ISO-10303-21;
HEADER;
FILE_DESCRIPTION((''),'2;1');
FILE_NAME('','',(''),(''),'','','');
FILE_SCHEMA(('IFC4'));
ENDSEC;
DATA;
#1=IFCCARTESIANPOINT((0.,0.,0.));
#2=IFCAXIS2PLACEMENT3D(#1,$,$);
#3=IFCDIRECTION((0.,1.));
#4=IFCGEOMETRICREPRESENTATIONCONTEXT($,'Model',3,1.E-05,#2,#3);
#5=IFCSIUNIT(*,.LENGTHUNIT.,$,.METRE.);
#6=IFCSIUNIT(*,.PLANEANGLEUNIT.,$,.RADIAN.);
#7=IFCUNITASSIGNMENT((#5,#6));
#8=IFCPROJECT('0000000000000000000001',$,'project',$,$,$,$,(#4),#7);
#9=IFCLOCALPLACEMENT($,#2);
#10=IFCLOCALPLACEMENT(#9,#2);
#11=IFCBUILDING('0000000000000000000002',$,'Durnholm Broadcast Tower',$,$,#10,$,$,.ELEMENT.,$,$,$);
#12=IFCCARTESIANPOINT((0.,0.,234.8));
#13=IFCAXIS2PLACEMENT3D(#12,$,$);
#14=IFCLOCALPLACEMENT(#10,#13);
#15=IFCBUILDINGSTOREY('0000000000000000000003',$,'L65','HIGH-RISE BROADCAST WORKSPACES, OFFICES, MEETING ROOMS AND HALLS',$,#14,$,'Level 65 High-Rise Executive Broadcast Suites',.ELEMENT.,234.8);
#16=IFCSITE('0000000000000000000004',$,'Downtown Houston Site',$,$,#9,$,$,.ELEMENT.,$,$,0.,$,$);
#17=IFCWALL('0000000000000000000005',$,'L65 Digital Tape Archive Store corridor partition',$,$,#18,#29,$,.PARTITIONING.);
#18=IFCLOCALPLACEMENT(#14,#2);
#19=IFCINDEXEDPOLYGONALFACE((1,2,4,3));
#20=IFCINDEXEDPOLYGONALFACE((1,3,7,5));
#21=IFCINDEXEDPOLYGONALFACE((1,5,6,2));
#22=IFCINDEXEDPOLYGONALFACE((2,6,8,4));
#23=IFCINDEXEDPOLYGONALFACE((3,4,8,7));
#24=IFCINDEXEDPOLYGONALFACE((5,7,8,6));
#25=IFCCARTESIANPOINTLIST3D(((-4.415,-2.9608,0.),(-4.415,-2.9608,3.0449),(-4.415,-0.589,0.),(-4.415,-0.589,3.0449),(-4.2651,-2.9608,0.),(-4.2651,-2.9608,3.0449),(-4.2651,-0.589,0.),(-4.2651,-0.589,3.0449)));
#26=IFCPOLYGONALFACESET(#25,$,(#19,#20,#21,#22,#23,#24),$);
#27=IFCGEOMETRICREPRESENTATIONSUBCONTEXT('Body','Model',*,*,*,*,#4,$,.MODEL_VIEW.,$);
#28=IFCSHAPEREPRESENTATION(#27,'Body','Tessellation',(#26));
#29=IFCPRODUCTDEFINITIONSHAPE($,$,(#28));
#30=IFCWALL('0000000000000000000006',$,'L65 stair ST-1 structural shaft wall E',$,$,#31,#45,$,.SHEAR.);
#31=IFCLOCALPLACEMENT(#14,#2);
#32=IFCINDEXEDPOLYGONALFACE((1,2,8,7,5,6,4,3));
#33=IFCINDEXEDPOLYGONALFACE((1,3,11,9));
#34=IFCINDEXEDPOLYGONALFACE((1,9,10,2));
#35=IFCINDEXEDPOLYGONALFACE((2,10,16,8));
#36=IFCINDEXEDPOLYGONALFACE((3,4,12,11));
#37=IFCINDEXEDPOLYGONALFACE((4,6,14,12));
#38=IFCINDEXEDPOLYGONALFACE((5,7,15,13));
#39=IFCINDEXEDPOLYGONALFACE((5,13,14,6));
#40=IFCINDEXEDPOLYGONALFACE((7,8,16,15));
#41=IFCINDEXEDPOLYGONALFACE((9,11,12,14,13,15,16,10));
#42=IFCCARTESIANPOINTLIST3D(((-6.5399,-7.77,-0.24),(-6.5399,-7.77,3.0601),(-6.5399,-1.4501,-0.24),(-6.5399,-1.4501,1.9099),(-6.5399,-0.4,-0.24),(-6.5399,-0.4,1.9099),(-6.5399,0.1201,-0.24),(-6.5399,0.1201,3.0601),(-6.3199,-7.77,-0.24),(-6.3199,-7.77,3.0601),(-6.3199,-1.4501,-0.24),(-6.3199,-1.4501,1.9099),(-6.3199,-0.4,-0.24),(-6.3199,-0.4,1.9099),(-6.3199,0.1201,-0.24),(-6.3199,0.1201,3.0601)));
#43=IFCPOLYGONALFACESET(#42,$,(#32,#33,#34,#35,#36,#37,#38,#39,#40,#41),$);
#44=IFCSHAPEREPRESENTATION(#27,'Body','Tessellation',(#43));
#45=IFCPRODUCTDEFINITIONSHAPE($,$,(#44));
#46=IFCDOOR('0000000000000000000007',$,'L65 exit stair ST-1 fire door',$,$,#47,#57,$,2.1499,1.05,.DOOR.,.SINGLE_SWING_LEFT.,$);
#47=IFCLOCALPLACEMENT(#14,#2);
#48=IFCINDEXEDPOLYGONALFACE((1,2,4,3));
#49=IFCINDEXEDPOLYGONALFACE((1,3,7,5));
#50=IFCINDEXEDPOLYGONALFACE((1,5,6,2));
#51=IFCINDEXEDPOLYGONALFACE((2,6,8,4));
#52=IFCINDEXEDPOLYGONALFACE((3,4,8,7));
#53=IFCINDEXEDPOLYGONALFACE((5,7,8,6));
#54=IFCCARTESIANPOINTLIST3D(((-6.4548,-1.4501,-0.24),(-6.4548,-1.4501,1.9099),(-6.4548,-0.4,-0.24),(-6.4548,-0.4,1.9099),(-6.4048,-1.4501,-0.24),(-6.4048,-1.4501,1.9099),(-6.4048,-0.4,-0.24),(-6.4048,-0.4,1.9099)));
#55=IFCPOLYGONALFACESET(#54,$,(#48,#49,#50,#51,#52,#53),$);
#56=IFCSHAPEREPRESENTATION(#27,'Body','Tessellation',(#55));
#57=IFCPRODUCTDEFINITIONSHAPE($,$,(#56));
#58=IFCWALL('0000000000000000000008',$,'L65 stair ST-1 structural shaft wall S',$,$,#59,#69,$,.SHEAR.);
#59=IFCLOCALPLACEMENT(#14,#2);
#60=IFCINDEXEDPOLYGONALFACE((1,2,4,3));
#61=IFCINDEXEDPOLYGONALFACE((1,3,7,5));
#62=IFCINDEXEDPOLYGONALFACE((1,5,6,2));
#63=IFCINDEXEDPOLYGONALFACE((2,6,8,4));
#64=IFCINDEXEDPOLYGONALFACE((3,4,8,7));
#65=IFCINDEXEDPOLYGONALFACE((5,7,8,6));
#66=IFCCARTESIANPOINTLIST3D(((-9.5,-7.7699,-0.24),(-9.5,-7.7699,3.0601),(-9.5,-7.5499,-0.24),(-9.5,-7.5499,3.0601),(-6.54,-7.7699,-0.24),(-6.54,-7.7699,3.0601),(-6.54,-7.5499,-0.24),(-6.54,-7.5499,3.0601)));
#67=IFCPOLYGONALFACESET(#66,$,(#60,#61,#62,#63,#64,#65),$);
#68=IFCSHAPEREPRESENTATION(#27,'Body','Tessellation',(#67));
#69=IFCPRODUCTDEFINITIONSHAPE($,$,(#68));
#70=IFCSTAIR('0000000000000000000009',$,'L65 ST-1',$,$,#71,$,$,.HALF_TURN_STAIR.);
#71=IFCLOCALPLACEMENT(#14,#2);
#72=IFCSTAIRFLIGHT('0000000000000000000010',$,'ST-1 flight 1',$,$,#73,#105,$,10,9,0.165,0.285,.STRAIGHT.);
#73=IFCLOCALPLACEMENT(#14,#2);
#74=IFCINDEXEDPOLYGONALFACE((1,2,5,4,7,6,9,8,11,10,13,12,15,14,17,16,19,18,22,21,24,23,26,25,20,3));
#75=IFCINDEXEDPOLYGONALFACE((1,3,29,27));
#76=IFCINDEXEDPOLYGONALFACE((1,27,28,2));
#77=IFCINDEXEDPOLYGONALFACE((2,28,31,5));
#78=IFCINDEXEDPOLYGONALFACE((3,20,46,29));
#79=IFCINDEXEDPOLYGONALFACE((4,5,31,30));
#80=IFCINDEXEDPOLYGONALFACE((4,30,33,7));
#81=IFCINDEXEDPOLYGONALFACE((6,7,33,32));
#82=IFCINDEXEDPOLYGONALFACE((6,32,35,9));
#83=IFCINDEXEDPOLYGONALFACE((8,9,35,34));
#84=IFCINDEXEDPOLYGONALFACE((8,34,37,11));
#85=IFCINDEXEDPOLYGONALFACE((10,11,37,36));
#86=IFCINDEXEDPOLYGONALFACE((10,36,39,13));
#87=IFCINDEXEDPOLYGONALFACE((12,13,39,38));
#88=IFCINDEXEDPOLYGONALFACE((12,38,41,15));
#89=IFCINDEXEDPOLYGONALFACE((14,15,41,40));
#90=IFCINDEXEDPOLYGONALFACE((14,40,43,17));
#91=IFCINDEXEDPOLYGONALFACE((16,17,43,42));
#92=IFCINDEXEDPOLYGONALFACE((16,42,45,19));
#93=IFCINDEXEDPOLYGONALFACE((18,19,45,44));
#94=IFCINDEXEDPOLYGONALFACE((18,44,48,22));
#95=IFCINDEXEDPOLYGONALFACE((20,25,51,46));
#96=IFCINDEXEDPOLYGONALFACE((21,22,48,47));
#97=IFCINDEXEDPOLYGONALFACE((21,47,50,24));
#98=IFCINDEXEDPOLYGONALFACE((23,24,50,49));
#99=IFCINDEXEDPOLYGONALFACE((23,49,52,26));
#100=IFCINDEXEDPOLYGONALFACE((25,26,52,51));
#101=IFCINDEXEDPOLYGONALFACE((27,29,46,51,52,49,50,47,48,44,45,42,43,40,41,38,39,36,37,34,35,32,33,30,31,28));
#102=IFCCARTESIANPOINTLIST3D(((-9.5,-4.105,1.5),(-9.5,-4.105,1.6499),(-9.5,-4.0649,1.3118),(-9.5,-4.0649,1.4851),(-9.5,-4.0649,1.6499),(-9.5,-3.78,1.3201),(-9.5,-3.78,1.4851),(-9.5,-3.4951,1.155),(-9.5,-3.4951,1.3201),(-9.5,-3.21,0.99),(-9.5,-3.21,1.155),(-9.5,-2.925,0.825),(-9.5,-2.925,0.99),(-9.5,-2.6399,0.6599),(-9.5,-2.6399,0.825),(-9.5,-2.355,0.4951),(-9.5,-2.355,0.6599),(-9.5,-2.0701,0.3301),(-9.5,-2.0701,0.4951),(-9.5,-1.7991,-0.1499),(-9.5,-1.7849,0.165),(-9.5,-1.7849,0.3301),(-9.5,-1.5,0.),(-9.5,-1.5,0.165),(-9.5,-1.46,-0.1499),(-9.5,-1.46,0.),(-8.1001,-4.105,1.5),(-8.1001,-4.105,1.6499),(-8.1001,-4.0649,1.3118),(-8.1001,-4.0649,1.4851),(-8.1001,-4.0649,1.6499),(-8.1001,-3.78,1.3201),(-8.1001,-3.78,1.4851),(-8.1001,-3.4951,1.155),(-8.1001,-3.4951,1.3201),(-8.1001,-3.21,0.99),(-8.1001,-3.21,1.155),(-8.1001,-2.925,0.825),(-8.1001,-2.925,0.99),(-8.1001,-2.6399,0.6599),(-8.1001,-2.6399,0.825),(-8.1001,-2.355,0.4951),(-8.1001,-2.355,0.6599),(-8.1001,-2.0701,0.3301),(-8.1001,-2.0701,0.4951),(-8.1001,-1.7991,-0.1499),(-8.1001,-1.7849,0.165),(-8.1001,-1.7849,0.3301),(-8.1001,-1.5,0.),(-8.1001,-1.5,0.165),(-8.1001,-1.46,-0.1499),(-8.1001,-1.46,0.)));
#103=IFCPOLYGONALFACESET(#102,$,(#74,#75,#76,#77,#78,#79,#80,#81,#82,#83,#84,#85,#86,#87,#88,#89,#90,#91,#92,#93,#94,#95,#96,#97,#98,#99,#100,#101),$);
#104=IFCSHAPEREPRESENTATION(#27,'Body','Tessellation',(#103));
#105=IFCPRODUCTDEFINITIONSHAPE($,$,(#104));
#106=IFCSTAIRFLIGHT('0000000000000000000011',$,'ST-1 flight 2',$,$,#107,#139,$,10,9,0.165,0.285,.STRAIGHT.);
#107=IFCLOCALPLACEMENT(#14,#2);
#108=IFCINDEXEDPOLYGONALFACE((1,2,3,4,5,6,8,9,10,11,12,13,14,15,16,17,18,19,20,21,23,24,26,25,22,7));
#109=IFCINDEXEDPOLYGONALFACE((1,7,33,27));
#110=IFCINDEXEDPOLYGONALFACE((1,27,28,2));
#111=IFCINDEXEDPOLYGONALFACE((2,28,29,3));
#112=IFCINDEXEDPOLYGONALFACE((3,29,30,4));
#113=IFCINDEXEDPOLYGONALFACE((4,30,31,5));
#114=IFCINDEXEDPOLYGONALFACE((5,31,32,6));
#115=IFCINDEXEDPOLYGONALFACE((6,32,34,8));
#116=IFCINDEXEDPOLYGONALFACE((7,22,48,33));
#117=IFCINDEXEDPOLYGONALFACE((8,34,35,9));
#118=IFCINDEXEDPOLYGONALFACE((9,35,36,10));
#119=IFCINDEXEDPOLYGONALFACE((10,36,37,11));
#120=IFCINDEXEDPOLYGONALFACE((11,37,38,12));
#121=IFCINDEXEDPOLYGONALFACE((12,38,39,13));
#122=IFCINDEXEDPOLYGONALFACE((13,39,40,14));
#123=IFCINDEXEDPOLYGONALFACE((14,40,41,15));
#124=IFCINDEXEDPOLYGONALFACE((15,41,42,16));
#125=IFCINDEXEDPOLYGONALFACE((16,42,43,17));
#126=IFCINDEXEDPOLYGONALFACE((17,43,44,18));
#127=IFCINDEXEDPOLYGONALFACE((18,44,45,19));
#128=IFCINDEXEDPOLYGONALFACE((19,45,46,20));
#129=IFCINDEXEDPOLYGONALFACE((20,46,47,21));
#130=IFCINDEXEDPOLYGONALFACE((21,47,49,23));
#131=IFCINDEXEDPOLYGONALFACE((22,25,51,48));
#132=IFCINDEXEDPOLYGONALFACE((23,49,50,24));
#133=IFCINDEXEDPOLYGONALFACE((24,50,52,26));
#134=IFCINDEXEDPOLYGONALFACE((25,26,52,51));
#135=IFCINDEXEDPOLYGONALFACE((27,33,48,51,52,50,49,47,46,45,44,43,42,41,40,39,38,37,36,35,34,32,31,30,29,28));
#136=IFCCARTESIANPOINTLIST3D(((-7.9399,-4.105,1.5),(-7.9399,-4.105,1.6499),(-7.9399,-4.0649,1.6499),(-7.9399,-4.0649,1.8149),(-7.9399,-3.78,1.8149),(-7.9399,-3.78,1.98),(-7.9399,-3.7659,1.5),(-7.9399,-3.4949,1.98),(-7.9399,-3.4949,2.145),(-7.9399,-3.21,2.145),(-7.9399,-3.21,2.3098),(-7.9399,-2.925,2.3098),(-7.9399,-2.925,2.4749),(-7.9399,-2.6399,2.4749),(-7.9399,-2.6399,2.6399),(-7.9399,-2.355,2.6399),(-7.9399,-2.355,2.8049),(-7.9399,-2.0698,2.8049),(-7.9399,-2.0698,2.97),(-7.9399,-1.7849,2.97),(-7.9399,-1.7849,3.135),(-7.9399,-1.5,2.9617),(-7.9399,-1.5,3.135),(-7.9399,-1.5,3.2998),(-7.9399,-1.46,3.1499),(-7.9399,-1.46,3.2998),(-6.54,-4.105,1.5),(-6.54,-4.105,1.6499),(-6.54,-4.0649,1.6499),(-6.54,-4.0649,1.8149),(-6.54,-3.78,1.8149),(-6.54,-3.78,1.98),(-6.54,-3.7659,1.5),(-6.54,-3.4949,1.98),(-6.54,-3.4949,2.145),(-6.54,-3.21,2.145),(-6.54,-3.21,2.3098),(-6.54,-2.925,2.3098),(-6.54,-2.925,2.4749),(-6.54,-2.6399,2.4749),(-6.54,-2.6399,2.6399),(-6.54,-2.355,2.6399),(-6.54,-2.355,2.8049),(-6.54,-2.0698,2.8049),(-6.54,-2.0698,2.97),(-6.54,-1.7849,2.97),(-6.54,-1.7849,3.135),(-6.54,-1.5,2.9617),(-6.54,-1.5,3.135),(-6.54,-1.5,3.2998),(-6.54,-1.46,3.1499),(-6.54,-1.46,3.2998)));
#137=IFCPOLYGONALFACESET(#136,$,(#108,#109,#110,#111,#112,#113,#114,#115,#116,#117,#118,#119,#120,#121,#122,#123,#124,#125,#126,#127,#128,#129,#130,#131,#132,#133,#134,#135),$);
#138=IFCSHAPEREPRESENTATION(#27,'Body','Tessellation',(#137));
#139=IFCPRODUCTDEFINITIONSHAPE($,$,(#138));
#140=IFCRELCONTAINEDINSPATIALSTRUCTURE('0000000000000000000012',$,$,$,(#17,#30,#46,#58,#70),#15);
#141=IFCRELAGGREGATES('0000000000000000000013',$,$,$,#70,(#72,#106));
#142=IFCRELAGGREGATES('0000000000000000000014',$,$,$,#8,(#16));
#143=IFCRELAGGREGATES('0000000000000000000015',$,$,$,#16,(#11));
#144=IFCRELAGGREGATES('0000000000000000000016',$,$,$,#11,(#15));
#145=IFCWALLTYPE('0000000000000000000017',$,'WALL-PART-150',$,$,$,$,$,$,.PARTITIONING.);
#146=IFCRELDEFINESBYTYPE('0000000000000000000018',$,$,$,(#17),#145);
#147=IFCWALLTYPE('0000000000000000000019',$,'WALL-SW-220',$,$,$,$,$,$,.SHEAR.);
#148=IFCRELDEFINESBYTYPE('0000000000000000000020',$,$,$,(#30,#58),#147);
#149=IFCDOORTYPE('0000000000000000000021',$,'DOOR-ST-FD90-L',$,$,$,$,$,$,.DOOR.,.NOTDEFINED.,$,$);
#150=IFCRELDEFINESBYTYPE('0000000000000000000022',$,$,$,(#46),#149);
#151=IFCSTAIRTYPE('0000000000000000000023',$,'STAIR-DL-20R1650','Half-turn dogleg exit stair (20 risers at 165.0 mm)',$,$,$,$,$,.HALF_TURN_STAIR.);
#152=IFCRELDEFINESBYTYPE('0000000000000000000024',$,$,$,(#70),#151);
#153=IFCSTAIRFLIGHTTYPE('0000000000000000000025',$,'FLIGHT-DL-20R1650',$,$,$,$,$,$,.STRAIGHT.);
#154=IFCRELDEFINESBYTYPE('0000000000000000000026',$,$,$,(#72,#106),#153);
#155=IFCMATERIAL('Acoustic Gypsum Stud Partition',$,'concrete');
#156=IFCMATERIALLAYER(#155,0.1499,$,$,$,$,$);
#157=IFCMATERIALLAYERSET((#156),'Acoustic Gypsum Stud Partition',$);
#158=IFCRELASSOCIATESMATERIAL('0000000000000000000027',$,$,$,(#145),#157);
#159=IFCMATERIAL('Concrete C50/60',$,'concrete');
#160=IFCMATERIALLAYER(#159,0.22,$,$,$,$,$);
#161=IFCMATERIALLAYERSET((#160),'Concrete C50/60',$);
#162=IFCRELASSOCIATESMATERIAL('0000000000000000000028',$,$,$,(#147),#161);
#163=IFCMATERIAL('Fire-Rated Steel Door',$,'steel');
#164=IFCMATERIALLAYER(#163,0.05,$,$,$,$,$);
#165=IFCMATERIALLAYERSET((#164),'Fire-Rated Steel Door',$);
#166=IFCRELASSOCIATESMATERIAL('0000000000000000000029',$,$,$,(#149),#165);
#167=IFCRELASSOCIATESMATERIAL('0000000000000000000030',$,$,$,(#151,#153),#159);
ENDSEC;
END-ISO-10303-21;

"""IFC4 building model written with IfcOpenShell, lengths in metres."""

from ifc_helpers import new_model, si_unit, direction, frame, frame_2d, origin, place, context, subcontext, project, spatial, polyline, rectangle, outline, extrude, source, transform, mapped, material, layer, layer_set, type_object, type_shapes, element, fill, aggregate, save


model = new_model("IFC4")

# Units and contexts
model_context = context("Model", 3, precision=1e-05, world=origin(), true_north=direction((0.0, 1.0)))
body_context = subcontext(model_context, "Body", "Model", "MODEL_VIEW")
ifc_project = project(units=[si_unit("LENGTHUNIT", "METRE"), si_unit("PLANEANGLEUNIT", "RADIAN")], contexts=[model_context])

# Site, building, storey
site_placement = place(None, origin())
site = spatial("IfcSite", under=ifc_project, at=site_placement, Name="Downtown Houston Site", CompositionType="ELEMENT", RefElevation=0.0)
building_placement = place(site_placement, origin())
building = spatial("IfcBuilding", under=site, at=building_placement, Name="Durnholm Broadcast Tower", CompositionType="ELEMENT")
storey_placement = place(building_placement, frame((0.0, 0.0, 234.8)))
storey = spatial("IfcBuildingStorey", under=building, at=storey_placement, Name="L65", Description="HIGH-RISE BROADCAST WORKSPACES, OFFICES, MEETING ROOMS AND HALLS", LongName="Level 65 High-Rise Executive Broadcast Suites", CompositionType="ELEMENT", Elevation=234.8)

# Shared definitions
ifc_material_1 = material(Name="Acoustic Gypsum Stud Partition", Category="concrete")
ifc_layer_1 = layer(ifc_material_1, 0.1499)
ifc_layer_set_1 = layer_set([ifc_layer_1], Name="Acoustic Gypsum Stud Partition")
wall_type_1 = type_object("IfcWallType", Name="WALL-PART-150", PredefinedType="PARTITIONING", material=ifc_layer_set_1)

# Wall
wall_1_placement = place(storey_placement, frame((-4.3401, -2.9609, 0.0), z_axis=(0.0, 0.0, 1.0), x_axis=(0.0, 1.0, 0.0)))
element("IfcWall", 1, at=wall_1_placement, inside=storey, type_object=wall_type_1, Name="L65 Digital Tape Archive Store corridor partition", PredefinedType="PARTITIONING", context=body_context, shape_type="SweptSolid", body=[
    extrude(rectangle(XDim=2.3718, YDim=0.1499, at=frame_2d((1.186, 0.0))), origin(), (0.0, 0.0, 1.0), 3.0449),
])

# Wall, opening, door
ifc_material_2 = material(Name="Concrete C50/60", Category="concrete")
ifc_layer_2 = layer(ifc_material_2, 0.22)
ifc_layer_set_2 = layer_set([ifc_layer_2], Name="Concrete C50/60")
wall_type_2 = type_object("IfcWallType", Name="WALL-SW-220", PredefinedType="SHEAR", material=ifc_layer_set_2)
wall_2_placement = place(storey_placement, frame((-6.4299, -7.77, -0.24), z_axis=(0.0, 0.0, 1.0), x_axis=(0.0, 1.0, 0.0)))
wall_2 = element("IfcWall", 2, at=wall_2_placement, inside=storey, type_object=wall_type_2, Name="L65 stair ST-1 structural shaft wall E", PredefinedType="SHEAR", context=body_context, shape_type="SweptSolid", body=[
    extrude(rectangle(XDim=7.8901, YDim=0.22, at=frame_2d((3.9451, 0.0))), origin(), (0.0, 0.0, 1.0), 3.3),
])
opening_1_placement = place(wall_2_placement, frame((6.3201, 0.0, 0.0)))
opening_1 = element("IfcOpeningElement", 3, at=opening_1_placement, cuts=wall_2, PredefinedType="OPENING", context=body_context, shape_type="SweptSolid", body=[
    extrude(rectangle(XDim=1.05, YDim=2.1499, at=frame_2d((0.5249, 1.075))), frame((0.0, 0.1201, 0.0), z_axis=(0.0, -1.0, 0.0), x_axis=(1.0, 0.0, 0.0)), (0.0, 0.0, 1.0), 0.24),
])
ifc_material_3 = material(Name="Fire-Rated Steel Door", Category="steel")
ifc_layer_3 = layer(ifc_material_3, 0.05)
ifc_layer_set_3 = layer_set([ifc_layer_3], Name="Fire-Rated Steel Door")
door_type_1 = type_object("IfcDoorType", Name="DOOR-ST-FD90-L", OperationType="NOTDEFINED", PredefinedType="DOOR", material=ifc_layer_set_3)
shared_shape_1 = source(origin(), body_context, "Body", "SweptSolid", [
    extrude(rectangle(XDim=1.05, YDim=2.1499, at=frame_2d((0.5249, 1.075))), frame((0.0, 0.0249, 0.0), z_axis=(0.0, -1.0, 0.0), x_axis=(1.0, 0.0, 0.0)), (0.0, 0.0, 1.0), 0.05),
])
type_shapes(door_type_1, [shared_shape_1])
door_1_placement = place(opening_1_placement, origin())
door_1 = element("IfcDoor", 4, at=door_1_placement, inside=storey, type_object=door_type_1, Name="L65 exit stair ST-1 fire door", OperationType="SINGLE_SWING_LEFT", OverallHeight=2.1499, OverallWidth=1.05, PredefinedType="DOOR", context=body_context, shape_type="MappedRepresentation", body=[
    mapped(shared_shape_1, transform((0.0, 0.0, 0.0), x_axis=(1.0, 0.0, 0.0), y_axis=(0.0, 1.0, 0.0), z_axis=(0.0, 0.0, 1.0), scale=1.0)),
])
fill(opening_1, door_1)

# Wall
wall_3_placement = place(storey_placement, frame((-9.5, -7.6599, -0.24), z_axis=(0.0, 0.0, 1.0), x_axis=(1.0, 0.0, 0.0)))
element("IfcWall", 5, at=wall_3_placement, inside=storey, type_object=wall_type_2, Name="L65 stair ST-1 structural shaft wall S", PredefinedType="SHEAR", context=body_context, shape_type="SweptSolid", body=[
    extrude(rectangle(XDim=2.96, YDim=0.22, at=frame_2d((1.48, 0.0))), origin(), (0.0, 0.0, 1.0), 3.3),
])

# Stair, stair flights
stair_type = type_object("IfcStairType", Name="STAIR-DL-20R1650", Description="Half-turn dogleg exit stair (20 risers at 165.0 mm)", PredefinedType="HALF_TURN_STAIR", material=ifc_material_2)
stair_placement = place(storey_placement, origin())
stair = element("IfcStair", 6, at=stair_placement, inside=storey, type_object=stair_type, Name="L65 ST-1", PredefinedType="HALF_TURN_STAIR")
stair_flight_type = type_object("IfcStairFlightType", Name="FLIGHT-DL-20R1650", PredefinedType="STRAIGHT", material=ifc_material_2)
stair_flight_1_placement = place(storey_placement, frame((-8.8, -1.5, 0.0), z_axis=(0.0, 0.0, 1.0), x_axis=(0.0, -1.0, 0.0)))
stair_flight_1 = element("IfcStairFlight", 7, at=stair_flight_1_placement, type_object=stair_flight_type, Name="ST-1 flight 1", NumberOfRisers=10, NumberOfTreads=9, PredefinedType="STRAIGHT", RiserHeight=0.165, TreadLength=0.285, context=body_context, shape_type="SweptSolid", body=[
    extrude(outline(polyline([(-0.04, -0.1499), (-0.04, 0.0), (0.0, 0.0), (0.0, 0.165), (0.2849, 0.165), (0.2849, 0.3301), (0.5701, 0.3301), (0.5701, 0.4951), (0.855, 0.4951), (0.855, 0.6599), (1.1399, 0.6599), (1.1399, 0.825), (1.425, 0.825), (1.425, 0.99), (1.71, 0.99), (1.71, 1.155), (1.9951, 1.155), (1.9951, 1.3201), (2.28, 1.3201), (2.28, 1.4851), (2.5649, 1.4851), (2.5649, 1.6499), (2.605, 1.6499), (2.605, 1.5), (2.5649, 1.3118), (0.2991, -0.1499), (-0.04, -0.1499)])), frame((0.0, 0.7, 0.0), z_axis=(0.0, -1.0, 0.0), x_axis=(1.0, 0.0, 0.0)), (0.0, 0.0, 1.0), 1.3999),
])
stair_flight_2_placement = place(storey_placement, frame((-7.24, -4.0649, 1.6499), z_axis=(0.0, 0.0, 1.0), x_axis=(0.0, 1.0, 0.0)))
stair_flight_2 = element("IfcStairFlight", 8, at=stair_flight_2_placement, type_object=stair_flight_type, Name="ST-1 flight 2", NumberOfRisers=10, NumberOfTreads=9, PredefinedType="STRAIGHT", RiserHeight=0.165, TreadLength=0.285, context=body_context, shape_type="SweptSolid", body=[
    extrude(outline(polyline([(-0.04, -0.1499), (-0.04, 0.0), (0.0, 0.0), (0.0, 0.165), (0.2849, 0.165), (0.2849, 0.3301), (0.5701, 0.3301), (0.5701, 0.4951), (0.855, 0.4951), (0.855, 0.6599), (1.1399, 0.6599), (1.1399, 0.825), (1.425, 0.825), (1.425, 0.99), (1.71, 0.99), (1.71, 1.155), (1.9951, 1.155), (1.9951, 1.3201), (2.28, 1.3201), (2.28, 1.4851), (2.5649, 1.4851), (2.5649, 1.6499), (2.605, 1.6499), (2.605, 1.5), (2.5649, 1.3118), (0.2991, -0.1499), (-0.04, -0.1499)])), frame((0.0, 0.7, 0.0), z_axis=(0.0, -1.0, 0.0), x_axis=(1.0, 0.0, 0.0)), (0.0, 0.0, 1.0), 1.3999),
])
aggregate(stair, [stair_flight_1, stair_flight_2])

save(model, "model.ifc")
